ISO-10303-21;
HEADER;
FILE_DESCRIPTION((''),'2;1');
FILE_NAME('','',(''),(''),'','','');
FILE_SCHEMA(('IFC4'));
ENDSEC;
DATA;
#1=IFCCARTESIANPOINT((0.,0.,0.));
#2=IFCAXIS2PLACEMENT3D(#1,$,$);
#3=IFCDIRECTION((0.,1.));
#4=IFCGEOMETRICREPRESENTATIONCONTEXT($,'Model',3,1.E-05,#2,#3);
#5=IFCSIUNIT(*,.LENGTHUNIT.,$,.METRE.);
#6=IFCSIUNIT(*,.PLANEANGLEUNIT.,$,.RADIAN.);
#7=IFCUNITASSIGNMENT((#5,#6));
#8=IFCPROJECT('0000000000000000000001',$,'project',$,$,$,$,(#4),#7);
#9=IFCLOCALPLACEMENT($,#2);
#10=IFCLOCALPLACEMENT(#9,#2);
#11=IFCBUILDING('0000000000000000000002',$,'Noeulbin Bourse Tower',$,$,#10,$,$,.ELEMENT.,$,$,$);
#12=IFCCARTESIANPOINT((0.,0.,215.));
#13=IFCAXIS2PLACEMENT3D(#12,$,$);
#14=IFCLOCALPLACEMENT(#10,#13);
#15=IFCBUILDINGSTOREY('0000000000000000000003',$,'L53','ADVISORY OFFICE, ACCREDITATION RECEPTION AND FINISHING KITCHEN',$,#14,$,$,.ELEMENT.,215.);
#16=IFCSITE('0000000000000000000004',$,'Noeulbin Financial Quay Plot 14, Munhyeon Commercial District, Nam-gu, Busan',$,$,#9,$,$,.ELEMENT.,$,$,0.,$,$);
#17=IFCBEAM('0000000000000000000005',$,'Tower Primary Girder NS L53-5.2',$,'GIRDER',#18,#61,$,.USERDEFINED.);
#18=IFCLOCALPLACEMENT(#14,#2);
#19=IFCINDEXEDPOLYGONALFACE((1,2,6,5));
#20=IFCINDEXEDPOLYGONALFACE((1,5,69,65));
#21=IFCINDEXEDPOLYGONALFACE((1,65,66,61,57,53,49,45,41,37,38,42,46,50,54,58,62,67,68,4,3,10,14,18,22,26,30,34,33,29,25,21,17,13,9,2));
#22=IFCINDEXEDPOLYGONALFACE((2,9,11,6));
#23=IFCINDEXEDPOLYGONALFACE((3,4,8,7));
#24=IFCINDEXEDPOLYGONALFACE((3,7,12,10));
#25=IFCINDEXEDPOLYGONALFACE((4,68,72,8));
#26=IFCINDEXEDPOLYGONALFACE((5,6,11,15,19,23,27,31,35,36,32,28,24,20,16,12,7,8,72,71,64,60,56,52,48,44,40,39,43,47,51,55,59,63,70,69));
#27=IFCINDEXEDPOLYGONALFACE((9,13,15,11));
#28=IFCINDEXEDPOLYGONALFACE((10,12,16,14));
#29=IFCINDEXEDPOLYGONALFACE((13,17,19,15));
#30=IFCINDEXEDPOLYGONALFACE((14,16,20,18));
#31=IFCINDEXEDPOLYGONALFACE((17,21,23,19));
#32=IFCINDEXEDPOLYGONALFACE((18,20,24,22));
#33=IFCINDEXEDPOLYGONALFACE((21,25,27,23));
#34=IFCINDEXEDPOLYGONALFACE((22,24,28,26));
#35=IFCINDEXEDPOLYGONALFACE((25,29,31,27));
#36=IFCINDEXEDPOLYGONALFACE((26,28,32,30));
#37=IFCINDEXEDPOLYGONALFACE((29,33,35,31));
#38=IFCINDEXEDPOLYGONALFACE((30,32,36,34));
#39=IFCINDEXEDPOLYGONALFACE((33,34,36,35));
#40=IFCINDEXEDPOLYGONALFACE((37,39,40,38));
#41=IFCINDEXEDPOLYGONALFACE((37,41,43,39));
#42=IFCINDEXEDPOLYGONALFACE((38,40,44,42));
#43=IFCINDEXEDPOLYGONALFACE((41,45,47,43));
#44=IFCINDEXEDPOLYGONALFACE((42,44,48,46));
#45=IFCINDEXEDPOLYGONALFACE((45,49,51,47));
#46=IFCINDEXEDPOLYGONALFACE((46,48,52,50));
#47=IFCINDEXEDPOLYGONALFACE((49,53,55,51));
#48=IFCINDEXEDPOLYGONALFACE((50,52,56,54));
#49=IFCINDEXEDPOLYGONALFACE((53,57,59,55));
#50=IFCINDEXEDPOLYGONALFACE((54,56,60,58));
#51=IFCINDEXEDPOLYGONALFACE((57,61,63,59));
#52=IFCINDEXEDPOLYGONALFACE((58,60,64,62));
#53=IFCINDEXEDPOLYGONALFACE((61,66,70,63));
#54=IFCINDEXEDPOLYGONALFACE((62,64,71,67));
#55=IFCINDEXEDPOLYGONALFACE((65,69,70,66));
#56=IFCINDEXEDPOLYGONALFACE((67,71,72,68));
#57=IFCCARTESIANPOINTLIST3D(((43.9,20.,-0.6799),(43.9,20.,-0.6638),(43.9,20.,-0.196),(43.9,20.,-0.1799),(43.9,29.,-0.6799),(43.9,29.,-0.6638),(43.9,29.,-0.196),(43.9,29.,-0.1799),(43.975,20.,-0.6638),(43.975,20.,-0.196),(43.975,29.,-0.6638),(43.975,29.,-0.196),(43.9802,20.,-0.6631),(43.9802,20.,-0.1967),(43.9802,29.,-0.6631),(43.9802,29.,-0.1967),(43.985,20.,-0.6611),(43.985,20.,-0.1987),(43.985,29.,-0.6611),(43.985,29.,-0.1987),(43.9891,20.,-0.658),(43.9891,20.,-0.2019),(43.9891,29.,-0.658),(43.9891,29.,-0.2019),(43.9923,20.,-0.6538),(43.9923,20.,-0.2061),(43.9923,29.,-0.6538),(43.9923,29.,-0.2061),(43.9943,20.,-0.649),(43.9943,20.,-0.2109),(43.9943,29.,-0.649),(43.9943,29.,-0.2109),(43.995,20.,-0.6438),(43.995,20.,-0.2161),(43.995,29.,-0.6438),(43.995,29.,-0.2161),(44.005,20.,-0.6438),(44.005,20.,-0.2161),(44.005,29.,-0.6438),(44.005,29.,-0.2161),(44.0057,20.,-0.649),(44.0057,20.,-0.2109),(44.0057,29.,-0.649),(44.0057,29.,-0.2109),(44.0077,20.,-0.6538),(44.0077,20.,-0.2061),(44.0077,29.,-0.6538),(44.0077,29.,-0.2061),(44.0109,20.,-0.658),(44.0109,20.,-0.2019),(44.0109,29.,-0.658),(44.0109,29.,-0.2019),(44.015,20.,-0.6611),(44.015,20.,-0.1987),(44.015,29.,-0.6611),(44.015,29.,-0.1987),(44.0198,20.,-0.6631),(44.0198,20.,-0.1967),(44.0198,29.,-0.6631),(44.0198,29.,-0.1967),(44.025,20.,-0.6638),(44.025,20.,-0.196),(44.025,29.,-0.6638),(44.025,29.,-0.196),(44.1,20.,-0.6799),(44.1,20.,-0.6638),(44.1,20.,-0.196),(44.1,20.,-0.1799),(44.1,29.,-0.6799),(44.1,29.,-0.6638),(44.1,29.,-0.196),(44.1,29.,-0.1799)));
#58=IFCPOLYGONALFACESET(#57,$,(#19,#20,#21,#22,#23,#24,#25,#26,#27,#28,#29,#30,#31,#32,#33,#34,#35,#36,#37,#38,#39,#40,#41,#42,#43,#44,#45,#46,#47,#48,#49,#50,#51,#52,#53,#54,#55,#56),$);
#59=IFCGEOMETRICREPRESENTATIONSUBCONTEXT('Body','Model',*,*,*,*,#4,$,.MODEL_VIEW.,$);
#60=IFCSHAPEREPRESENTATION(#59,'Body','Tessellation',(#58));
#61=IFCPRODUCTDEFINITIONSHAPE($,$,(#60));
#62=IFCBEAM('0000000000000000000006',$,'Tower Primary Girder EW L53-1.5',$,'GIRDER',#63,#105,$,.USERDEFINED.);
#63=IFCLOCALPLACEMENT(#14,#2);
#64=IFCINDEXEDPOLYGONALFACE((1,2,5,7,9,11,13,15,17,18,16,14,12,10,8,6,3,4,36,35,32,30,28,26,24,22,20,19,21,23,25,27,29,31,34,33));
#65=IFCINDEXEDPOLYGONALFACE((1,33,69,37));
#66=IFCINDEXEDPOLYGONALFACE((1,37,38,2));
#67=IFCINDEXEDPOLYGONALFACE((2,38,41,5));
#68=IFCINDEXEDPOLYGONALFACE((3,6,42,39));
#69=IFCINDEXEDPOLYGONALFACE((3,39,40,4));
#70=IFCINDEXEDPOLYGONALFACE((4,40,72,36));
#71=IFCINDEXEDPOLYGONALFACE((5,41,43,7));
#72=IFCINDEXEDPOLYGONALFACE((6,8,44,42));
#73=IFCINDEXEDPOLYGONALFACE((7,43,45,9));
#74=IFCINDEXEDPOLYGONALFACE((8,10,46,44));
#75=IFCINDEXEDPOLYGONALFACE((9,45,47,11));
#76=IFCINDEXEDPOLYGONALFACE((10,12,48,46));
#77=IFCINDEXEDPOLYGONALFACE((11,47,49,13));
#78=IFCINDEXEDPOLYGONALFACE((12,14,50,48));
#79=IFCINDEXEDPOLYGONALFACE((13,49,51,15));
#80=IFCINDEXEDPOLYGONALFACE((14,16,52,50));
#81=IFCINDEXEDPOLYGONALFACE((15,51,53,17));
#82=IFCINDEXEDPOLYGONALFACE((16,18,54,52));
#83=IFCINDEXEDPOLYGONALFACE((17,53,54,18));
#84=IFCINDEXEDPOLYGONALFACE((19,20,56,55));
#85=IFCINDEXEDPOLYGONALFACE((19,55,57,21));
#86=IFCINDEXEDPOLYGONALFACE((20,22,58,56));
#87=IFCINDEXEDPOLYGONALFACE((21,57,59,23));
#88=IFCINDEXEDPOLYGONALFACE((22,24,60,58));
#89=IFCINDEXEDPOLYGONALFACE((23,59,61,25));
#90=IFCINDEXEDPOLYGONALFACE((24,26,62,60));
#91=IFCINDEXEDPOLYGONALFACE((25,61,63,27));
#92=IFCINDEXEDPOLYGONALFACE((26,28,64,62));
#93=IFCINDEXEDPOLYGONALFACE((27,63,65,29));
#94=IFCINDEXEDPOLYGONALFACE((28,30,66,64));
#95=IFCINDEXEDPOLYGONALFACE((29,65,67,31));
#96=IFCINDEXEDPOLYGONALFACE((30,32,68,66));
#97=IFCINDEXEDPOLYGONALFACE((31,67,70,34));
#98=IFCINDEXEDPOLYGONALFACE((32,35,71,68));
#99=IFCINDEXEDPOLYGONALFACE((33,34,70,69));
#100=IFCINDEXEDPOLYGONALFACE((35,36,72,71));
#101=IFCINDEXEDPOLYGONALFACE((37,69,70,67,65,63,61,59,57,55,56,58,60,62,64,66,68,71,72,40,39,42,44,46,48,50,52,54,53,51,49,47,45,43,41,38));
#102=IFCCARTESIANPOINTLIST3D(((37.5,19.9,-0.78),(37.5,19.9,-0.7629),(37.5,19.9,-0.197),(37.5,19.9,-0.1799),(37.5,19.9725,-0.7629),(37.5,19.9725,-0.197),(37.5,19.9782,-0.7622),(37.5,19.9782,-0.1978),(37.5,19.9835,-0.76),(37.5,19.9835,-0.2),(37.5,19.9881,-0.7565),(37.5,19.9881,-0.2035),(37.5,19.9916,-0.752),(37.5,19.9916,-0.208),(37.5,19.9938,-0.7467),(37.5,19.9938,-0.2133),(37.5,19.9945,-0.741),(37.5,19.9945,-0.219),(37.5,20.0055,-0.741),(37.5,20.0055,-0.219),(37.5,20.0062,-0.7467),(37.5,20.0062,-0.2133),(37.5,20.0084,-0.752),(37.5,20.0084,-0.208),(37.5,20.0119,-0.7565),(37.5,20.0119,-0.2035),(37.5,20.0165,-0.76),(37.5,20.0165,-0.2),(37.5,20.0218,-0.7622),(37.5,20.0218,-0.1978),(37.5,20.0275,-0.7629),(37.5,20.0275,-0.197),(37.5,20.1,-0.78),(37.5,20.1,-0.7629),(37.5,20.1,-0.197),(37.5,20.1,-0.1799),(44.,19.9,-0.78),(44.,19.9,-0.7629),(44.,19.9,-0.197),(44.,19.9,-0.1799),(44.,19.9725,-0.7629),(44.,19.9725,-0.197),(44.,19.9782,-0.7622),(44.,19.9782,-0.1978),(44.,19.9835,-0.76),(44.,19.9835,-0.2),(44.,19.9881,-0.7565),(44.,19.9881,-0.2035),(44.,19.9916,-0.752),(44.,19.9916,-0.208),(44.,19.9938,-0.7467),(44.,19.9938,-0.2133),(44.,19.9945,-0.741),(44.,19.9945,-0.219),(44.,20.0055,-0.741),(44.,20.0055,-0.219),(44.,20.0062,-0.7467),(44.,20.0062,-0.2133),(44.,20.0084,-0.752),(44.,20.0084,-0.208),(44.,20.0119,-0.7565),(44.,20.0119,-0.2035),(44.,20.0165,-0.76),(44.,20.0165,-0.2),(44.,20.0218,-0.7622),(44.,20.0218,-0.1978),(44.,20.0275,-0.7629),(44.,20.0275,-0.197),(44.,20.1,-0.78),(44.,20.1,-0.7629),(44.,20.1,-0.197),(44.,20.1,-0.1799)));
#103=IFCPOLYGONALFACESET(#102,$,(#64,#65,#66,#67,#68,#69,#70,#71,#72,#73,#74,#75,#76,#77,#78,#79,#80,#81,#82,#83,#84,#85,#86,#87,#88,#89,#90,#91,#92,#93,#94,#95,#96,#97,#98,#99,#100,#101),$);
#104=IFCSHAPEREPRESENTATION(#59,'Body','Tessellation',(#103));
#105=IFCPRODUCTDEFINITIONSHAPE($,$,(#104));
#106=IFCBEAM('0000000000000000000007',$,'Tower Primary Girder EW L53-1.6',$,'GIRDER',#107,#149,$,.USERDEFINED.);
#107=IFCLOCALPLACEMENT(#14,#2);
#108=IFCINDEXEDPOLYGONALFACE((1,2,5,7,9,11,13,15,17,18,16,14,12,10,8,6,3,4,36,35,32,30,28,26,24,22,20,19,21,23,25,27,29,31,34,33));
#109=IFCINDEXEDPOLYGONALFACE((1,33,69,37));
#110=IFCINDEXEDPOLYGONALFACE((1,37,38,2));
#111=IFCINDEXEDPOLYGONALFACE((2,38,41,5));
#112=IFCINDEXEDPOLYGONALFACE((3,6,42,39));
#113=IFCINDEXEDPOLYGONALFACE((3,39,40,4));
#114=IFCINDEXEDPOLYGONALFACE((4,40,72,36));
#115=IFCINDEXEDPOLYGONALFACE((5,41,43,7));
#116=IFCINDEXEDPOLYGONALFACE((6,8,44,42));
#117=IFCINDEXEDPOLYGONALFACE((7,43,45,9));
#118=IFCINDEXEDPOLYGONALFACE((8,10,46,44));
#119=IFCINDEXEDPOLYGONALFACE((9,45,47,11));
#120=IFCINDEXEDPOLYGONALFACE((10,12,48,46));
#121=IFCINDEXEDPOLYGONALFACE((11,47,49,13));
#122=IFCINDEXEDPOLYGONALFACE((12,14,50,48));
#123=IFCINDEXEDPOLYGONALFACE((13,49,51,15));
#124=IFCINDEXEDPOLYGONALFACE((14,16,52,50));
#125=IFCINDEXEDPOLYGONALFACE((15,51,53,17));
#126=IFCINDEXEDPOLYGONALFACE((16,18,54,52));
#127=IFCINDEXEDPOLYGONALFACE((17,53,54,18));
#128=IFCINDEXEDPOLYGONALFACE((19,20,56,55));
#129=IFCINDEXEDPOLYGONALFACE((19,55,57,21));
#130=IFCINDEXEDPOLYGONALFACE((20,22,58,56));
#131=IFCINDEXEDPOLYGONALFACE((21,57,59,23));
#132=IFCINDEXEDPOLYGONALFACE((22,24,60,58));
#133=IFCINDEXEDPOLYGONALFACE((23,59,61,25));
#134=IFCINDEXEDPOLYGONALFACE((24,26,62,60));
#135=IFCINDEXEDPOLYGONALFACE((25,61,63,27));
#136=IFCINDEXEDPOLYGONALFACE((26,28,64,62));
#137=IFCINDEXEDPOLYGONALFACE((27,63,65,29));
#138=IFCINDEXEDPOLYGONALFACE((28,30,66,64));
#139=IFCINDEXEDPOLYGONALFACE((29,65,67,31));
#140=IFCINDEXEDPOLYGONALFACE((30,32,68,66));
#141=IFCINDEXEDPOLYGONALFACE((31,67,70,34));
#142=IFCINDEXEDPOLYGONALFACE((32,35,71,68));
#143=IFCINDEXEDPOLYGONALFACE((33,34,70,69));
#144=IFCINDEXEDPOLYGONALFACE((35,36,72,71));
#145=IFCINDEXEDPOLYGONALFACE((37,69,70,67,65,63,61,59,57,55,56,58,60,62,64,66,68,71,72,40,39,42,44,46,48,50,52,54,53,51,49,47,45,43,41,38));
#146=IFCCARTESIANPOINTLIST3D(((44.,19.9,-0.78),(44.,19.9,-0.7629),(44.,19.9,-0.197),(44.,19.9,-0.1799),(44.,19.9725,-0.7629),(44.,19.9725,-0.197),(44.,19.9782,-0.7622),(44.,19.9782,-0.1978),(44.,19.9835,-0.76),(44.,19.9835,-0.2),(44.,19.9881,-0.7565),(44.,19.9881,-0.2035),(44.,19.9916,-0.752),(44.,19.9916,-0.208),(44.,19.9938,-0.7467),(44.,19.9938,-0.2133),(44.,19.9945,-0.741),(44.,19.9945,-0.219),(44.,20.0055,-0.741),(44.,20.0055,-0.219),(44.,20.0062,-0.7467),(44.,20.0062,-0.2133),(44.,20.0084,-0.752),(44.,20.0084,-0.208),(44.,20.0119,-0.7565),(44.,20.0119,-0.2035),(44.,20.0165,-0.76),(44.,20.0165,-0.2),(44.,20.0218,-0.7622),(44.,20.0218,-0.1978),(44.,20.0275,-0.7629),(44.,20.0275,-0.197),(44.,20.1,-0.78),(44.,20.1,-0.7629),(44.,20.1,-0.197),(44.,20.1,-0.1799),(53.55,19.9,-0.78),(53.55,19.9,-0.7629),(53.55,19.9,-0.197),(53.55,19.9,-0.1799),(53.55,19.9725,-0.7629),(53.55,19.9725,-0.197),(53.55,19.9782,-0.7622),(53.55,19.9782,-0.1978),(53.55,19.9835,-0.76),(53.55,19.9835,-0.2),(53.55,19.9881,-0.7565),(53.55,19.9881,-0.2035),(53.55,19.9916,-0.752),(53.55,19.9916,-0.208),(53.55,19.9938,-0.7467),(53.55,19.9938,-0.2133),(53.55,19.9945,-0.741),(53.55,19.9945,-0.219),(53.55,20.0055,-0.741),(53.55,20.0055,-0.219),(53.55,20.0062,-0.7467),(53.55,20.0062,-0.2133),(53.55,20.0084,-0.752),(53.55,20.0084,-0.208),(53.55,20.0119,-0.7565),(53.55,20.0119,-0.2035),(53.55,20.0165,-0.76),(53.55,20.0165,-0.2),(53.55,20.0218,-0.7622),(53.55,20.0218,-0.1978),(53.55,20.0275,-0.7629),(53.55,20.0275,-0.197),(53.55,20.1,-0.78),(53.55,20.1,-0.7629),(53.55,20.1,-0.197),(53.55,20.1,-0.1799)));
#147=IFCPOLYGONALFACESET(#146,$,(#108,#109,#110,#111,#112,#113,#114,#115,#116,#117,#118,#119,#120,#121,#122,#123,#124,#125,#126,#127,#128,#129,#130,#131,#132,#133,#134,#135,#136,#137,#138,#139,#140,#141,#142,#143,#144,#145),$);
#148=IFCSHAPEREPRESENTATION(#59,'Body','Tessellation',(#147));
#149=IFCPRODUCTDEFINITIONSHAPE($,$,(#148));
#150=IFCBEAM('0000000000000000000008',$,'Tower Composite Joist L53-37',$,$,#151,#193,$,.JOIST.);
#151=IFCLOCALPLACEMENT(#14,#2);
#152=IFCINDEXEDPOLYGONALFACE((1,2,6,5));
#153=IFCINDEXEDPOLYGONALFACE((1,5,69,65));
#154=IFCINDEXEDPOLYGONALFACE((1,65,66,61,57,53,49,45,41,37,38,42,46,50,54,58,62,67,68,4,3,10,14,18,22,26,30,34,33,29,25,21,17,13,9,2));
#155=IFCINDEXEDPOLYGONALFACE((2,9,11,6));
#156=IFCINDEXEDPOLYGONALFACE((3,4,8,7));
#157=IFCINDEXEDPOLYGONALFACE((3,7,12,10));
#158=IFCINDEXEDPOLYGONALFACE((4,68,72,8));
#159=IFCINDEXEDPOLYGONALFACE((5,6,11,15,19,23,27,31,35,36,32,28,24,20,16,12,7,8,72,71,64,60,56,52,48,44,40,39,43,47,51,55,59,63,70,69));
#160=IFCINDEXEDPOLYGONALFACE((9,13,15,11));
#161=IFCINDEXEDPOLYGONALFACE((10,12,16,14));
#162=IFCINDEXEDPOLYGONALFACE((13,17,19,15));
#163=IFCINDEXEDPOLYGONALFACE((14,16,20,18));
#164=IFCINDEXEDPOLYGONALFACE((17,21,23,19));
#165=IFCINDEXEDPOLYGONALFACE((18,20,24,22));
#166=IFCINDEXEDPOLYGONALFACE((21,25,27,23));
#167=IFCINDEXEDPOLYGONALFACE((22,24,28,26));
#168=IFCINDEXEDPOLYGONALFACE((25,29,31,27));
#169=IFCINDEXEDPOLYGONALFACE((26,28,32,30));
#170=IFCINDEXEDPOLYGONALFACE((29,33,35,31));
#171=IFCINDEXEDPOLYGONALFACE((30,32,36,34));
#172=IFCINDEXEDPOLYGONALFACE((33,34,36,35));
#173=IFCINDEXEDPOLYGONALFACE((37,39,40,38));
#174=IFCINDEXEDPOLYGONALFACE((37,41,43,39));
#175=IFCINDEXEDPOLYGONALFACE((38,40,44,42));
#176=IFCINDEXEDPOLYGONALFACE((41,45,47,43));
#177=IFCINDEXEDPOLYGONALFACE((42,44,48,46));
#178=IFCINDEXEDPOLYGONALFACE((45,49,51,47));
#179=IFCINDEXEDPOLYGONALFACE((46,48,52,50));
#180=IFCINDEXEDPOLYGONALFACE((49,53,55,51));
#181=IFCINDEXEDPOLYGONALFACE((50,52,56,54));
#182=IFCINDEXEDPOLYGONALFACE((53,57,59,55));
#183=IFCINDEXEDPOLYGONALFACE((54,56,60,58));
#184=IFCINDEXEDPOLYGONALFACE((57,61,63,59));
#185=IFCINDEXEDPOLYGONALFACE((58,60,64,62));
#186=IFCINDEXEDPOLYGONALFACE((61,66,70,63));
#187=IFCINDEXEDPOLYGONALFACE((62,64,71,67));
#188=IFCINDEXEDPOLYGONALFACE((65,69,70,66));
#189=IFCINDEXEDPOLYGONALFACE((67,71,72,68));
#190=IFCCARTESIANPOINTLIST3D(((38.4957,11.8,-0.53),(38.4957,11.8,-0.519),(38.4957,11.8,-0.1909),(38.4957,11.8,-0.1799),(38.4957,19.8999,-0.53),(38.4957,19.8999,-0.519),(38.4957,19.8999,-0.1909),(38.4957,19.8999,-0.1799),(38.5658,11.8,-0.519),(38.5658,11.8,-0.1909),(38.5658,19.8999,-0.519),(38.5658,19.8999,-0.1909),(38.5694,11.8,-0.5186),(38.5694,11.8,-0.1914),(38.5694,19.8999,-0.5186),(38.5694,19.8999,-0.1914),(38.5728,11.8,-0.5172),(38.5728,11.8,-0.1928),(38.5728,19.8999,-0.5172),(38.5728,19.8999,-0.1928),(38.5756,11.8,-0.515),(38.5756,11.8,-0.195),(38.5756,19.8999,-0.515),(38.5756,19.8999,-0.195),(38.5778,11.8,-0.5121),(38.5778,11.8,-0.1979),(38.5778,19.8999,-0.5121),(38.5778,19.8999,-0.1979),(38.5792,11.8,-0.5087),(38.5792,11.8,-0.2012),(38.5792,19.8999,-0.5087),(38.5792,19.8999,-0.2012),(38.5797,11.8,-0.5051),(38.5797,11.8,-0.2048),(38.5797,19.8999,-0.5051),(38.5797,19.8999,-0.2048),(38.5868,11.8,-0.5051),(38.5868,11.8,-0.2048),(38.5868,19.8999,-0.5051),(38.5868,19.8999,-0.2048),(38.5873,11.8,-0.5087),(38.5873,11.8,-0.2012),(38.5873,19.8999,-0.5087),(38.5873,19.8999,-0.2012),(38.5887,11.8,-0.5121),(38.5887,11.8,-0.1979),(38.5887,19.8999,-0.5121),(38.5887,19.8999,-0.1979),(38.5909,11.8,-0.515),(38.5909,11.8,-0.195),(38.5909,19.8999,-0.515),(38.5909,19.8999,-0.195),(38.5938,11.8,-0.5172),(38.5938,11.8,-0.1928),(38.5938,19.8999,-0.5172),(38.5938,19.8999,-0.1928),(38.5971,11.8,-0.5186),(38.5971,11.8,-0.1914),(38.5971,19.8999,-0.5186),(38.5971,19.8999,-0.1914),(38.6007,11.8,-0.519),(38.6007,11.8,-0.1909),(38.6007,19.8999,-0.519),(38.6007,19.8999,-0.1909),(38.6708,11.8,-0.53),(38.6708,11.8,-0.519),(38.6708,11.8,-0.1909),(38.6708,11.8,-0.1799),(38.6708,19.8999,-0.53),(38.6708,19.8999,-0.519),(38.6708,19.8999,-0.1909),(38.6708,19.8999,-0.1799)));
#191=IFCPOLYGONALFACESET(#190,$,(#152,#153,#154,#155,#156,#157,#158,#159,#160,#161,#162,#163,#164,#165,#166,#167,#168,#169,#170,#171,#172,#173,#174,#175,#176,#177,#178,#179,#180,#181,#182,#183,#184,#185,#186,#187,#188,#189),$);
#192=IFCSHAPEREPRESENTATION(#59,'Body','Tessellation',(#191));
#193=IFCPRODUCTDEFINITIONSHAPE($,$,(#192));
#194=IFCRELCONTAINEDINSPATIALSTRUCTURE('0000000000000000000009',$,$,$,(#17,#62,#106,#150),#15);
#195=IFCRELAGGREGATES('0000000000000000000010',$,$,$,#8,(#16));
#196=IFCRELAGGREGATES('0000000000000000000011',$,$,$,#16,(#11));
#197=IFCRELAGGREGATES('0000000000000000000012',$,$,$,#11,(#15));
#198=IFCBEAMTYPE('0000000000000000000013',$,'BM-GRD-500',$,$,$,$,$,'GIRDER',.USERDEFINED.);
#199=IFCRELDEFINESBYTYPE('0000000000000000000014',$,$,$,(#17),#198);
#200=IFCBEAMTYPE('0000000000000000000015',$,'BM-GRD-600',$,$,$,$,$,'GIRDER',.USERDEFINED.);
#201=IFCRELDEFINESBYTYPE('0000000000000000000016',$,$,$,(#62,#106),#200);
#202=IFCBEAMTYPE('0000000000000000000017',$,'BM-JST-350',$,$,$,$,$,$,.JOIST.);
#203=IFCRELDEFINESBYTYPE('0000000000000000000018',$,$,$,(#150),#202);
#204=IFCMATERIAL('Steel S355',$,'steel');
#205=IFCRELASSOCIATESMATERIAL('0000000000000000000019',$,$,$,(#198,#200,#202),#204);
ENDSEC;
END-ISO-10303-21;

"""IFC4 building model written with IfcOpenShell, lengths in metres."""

from ifc_helpers import new_model, si_unit, direction, frame, origin, origin_2d, place, context, subcontext, project, spatial, i_section, extrude, material, material_profile, profile_set, type_object, element, save


model = new_model("IFC4")

# Units and contexts
model_context = context("Model", 3, precision=1e-05, world=origin(), true_north=direction((0.0, 1.0)))
body_context = subcontext(model_context, "Body", "Model", "MODEL_VIEW")
ifc_project = project(units=[si_unit("LENGTHUNIT", "METRE"), si_unit("PLANEANGLEUNIT", "RADIAN")], contexts=[model_context])

# Site, building, storey
site_placement = place(None, origin())
site = spatial("IfcSite", under=ifc_project, at=site_placement, Name="Noeulbin Financial Quay Plot 14, Munhyeon Commercial District, Nam-gu, Busan", CompositionType="ELEMENT", RefElevation=0.0)
building_placement = place(site_placement, origin())
building = spatial("IfcBuilding", under=site, at=building_placement, Name="Noeulbin Bourse Tower", CompositionType="ELEMENT")
storey_placement = place(building_placement, frame((0.0, 0.0, 215.0)))
storey = spatial("IfcBuildingStorey", under=building, at=storey_placement, Name="L53", Description="ADVISORY OFFICE, ACCREDITATION RECEPTION AND FINISHING KITCHEN", CompositionType="ELEMENT", Elevation=215.0)

# Shared definitions
ifc_material_1 = material(Name="Steel S355", Category="steel")

# Beams
ifc_material_profile_1 = material_profile(ifc_material_1, i_section(OverallWidth=0.2, OverallDepth=0.5, WebThickness=0.01, FlangeThickness=0.0161, FilletRadius=0.02, at=origin_2d()), Name="H-500x200x10x16", Category="LoadBearing")
ifc_profile_set_1 = profile_set([ifc_material_profile_1], Name="Steel S355")
beam_type_1 = type_object("IfcBeamType", Name="BM-GRD-500", ElementType="GIRDER", PredefinedType="USERDEFINED", material=ifc_profile_set_1)
beam_1_placement = place(storey_placement, frame((44.0, 20.0, -0.4299), z_axis=(0.0, 1.0, 0.0), x_axis=(-1.0, 0.0, 0.0)))
element("IfcBeam", 1, at=beam_1_placement, inside=storey, type_object=beam_type_1, Name="Tower Primary Girder NS L53-5.2", ObjectType="GIRDER", PredefinedType="USERDEFINED", context=body_context, shape_type="SweptSolid", body=[
    extrude(i_section(OverallWidth=0.2, OverallDepth=0.5, WebThickness=0.01, FlangeThickness=0.0161, FilletRadius=0.02, at=origin_2d()), origin(), (0.0, 0.0, 1.0), 9.0),
])
ifc_material_profile_2 = material_profile(ifc_material_1, i_section(OverallWidth=0.2, OverallDepth=0.6001, WebThickness=0.011, FlangeThickness=0.0171, FilletRadius=0.022, at=origin_2d()), Name="H-600x200x11x17", Category="LoadBearing")
ifc_profile_set_2 = profile_set([ifc_material_profile_2], Name="Steel S355")
beam_type_2 = type_object("IfcBeamType", Name="BM-GRD-600", ElementType="GIRDER", PredefinedType="USERDEFINED", material=ifc_profile_set_2)
beam_2_placement = place(storey_placement, frame((37.5, 20.0, -0.48), z_axis=(1.0, 0.0, 0.0), x_axis=(0.0, 1.0, 0.0)))
element("IfcBeam", 2, at=beam_2_placement, inside=storey, type_object=beam_type_2, Name="Tower Primary Girder EW L53-1.5", ObjectType="GIRDER", PredefinedType="USERDEFINED", context=body_context, shape_type="SweptSolid", body=[
    extrude(i_section(OverallWidth=0.2, OverallDepth=0.6001, WebThickness=0.011, FlangeThickness=0.0171, FilletRadius=0.022, at=origin_2d()), origin(), (0.0, 0.0, 1.0), 6.5),
])
beam_3_placement = place(storey_placement, frame((44.0, 20.0, -0.48), z_axis=(1.0, 0.0, 0.0), x_axis=(0.0, 1.0, 0.0)))
element("IfcBeam", 3, at=beam_3_placement, inside=storey, type_object=beam_type_2, Name="Tower Primary Girder EW L53-1.6", ObjectType="GIRDER", PredefinedType="USERDEFINED", context=body_context, shape_type="SweptSolid", body=[
    extrude(i_section(OverallWidth=0.2, OverallDepth=0.6001, WebThickness=0.011, FlangeThickness=0.0171, FilletRadius=0.022, at=origin_2d()), origin(), (0.0, 0.0, 1.0), 9.55),
])
ifc_material_profile_3 = material_profile(ifc_material_1, i_section(OverallWidth=0.175, OverallDepth=0.3501, WebThickness=0.0071, FlangeThickness=0.011, FilletRadius=0.0139, at=origin_2d()), Name="H-350x175x7x11", Category="LoadBearing")
ifc_profile_set_3 = profile_set([ifc_material_profile_3], Name="Steel S355")
beam_type_3 = type_object("IfcBeamType", Name="BM-JST-350", PredefinedType="JOIST", material=ifc_profile_set_3)
beam_4_placement = place(storey_placement, frame((38.5833, 11.8, -0.355), z_axis=(0.0, 1.0, 0.0), x_axis=(-1.0, 0.0, 0.0)))
element("IfcBeam", 4, at=beam_4_placement, inside=storey, type_object=beam_type_3, Name="Tower Composite Joist L53-37", PredefinedType="JOIST", context=body_context, shape_type="SweptSolid", body=[
    extrude(i_section(OverallWidth=0.175, OverallDepth=0.3501, WebThickness=0.0071, FlangeThickness=0.011, FilletRadius=0.0139, at=origin_2d()), origin(), (0.0, 0.0, 1.0), 8.0999),
])

save(model, "model.ifc")
